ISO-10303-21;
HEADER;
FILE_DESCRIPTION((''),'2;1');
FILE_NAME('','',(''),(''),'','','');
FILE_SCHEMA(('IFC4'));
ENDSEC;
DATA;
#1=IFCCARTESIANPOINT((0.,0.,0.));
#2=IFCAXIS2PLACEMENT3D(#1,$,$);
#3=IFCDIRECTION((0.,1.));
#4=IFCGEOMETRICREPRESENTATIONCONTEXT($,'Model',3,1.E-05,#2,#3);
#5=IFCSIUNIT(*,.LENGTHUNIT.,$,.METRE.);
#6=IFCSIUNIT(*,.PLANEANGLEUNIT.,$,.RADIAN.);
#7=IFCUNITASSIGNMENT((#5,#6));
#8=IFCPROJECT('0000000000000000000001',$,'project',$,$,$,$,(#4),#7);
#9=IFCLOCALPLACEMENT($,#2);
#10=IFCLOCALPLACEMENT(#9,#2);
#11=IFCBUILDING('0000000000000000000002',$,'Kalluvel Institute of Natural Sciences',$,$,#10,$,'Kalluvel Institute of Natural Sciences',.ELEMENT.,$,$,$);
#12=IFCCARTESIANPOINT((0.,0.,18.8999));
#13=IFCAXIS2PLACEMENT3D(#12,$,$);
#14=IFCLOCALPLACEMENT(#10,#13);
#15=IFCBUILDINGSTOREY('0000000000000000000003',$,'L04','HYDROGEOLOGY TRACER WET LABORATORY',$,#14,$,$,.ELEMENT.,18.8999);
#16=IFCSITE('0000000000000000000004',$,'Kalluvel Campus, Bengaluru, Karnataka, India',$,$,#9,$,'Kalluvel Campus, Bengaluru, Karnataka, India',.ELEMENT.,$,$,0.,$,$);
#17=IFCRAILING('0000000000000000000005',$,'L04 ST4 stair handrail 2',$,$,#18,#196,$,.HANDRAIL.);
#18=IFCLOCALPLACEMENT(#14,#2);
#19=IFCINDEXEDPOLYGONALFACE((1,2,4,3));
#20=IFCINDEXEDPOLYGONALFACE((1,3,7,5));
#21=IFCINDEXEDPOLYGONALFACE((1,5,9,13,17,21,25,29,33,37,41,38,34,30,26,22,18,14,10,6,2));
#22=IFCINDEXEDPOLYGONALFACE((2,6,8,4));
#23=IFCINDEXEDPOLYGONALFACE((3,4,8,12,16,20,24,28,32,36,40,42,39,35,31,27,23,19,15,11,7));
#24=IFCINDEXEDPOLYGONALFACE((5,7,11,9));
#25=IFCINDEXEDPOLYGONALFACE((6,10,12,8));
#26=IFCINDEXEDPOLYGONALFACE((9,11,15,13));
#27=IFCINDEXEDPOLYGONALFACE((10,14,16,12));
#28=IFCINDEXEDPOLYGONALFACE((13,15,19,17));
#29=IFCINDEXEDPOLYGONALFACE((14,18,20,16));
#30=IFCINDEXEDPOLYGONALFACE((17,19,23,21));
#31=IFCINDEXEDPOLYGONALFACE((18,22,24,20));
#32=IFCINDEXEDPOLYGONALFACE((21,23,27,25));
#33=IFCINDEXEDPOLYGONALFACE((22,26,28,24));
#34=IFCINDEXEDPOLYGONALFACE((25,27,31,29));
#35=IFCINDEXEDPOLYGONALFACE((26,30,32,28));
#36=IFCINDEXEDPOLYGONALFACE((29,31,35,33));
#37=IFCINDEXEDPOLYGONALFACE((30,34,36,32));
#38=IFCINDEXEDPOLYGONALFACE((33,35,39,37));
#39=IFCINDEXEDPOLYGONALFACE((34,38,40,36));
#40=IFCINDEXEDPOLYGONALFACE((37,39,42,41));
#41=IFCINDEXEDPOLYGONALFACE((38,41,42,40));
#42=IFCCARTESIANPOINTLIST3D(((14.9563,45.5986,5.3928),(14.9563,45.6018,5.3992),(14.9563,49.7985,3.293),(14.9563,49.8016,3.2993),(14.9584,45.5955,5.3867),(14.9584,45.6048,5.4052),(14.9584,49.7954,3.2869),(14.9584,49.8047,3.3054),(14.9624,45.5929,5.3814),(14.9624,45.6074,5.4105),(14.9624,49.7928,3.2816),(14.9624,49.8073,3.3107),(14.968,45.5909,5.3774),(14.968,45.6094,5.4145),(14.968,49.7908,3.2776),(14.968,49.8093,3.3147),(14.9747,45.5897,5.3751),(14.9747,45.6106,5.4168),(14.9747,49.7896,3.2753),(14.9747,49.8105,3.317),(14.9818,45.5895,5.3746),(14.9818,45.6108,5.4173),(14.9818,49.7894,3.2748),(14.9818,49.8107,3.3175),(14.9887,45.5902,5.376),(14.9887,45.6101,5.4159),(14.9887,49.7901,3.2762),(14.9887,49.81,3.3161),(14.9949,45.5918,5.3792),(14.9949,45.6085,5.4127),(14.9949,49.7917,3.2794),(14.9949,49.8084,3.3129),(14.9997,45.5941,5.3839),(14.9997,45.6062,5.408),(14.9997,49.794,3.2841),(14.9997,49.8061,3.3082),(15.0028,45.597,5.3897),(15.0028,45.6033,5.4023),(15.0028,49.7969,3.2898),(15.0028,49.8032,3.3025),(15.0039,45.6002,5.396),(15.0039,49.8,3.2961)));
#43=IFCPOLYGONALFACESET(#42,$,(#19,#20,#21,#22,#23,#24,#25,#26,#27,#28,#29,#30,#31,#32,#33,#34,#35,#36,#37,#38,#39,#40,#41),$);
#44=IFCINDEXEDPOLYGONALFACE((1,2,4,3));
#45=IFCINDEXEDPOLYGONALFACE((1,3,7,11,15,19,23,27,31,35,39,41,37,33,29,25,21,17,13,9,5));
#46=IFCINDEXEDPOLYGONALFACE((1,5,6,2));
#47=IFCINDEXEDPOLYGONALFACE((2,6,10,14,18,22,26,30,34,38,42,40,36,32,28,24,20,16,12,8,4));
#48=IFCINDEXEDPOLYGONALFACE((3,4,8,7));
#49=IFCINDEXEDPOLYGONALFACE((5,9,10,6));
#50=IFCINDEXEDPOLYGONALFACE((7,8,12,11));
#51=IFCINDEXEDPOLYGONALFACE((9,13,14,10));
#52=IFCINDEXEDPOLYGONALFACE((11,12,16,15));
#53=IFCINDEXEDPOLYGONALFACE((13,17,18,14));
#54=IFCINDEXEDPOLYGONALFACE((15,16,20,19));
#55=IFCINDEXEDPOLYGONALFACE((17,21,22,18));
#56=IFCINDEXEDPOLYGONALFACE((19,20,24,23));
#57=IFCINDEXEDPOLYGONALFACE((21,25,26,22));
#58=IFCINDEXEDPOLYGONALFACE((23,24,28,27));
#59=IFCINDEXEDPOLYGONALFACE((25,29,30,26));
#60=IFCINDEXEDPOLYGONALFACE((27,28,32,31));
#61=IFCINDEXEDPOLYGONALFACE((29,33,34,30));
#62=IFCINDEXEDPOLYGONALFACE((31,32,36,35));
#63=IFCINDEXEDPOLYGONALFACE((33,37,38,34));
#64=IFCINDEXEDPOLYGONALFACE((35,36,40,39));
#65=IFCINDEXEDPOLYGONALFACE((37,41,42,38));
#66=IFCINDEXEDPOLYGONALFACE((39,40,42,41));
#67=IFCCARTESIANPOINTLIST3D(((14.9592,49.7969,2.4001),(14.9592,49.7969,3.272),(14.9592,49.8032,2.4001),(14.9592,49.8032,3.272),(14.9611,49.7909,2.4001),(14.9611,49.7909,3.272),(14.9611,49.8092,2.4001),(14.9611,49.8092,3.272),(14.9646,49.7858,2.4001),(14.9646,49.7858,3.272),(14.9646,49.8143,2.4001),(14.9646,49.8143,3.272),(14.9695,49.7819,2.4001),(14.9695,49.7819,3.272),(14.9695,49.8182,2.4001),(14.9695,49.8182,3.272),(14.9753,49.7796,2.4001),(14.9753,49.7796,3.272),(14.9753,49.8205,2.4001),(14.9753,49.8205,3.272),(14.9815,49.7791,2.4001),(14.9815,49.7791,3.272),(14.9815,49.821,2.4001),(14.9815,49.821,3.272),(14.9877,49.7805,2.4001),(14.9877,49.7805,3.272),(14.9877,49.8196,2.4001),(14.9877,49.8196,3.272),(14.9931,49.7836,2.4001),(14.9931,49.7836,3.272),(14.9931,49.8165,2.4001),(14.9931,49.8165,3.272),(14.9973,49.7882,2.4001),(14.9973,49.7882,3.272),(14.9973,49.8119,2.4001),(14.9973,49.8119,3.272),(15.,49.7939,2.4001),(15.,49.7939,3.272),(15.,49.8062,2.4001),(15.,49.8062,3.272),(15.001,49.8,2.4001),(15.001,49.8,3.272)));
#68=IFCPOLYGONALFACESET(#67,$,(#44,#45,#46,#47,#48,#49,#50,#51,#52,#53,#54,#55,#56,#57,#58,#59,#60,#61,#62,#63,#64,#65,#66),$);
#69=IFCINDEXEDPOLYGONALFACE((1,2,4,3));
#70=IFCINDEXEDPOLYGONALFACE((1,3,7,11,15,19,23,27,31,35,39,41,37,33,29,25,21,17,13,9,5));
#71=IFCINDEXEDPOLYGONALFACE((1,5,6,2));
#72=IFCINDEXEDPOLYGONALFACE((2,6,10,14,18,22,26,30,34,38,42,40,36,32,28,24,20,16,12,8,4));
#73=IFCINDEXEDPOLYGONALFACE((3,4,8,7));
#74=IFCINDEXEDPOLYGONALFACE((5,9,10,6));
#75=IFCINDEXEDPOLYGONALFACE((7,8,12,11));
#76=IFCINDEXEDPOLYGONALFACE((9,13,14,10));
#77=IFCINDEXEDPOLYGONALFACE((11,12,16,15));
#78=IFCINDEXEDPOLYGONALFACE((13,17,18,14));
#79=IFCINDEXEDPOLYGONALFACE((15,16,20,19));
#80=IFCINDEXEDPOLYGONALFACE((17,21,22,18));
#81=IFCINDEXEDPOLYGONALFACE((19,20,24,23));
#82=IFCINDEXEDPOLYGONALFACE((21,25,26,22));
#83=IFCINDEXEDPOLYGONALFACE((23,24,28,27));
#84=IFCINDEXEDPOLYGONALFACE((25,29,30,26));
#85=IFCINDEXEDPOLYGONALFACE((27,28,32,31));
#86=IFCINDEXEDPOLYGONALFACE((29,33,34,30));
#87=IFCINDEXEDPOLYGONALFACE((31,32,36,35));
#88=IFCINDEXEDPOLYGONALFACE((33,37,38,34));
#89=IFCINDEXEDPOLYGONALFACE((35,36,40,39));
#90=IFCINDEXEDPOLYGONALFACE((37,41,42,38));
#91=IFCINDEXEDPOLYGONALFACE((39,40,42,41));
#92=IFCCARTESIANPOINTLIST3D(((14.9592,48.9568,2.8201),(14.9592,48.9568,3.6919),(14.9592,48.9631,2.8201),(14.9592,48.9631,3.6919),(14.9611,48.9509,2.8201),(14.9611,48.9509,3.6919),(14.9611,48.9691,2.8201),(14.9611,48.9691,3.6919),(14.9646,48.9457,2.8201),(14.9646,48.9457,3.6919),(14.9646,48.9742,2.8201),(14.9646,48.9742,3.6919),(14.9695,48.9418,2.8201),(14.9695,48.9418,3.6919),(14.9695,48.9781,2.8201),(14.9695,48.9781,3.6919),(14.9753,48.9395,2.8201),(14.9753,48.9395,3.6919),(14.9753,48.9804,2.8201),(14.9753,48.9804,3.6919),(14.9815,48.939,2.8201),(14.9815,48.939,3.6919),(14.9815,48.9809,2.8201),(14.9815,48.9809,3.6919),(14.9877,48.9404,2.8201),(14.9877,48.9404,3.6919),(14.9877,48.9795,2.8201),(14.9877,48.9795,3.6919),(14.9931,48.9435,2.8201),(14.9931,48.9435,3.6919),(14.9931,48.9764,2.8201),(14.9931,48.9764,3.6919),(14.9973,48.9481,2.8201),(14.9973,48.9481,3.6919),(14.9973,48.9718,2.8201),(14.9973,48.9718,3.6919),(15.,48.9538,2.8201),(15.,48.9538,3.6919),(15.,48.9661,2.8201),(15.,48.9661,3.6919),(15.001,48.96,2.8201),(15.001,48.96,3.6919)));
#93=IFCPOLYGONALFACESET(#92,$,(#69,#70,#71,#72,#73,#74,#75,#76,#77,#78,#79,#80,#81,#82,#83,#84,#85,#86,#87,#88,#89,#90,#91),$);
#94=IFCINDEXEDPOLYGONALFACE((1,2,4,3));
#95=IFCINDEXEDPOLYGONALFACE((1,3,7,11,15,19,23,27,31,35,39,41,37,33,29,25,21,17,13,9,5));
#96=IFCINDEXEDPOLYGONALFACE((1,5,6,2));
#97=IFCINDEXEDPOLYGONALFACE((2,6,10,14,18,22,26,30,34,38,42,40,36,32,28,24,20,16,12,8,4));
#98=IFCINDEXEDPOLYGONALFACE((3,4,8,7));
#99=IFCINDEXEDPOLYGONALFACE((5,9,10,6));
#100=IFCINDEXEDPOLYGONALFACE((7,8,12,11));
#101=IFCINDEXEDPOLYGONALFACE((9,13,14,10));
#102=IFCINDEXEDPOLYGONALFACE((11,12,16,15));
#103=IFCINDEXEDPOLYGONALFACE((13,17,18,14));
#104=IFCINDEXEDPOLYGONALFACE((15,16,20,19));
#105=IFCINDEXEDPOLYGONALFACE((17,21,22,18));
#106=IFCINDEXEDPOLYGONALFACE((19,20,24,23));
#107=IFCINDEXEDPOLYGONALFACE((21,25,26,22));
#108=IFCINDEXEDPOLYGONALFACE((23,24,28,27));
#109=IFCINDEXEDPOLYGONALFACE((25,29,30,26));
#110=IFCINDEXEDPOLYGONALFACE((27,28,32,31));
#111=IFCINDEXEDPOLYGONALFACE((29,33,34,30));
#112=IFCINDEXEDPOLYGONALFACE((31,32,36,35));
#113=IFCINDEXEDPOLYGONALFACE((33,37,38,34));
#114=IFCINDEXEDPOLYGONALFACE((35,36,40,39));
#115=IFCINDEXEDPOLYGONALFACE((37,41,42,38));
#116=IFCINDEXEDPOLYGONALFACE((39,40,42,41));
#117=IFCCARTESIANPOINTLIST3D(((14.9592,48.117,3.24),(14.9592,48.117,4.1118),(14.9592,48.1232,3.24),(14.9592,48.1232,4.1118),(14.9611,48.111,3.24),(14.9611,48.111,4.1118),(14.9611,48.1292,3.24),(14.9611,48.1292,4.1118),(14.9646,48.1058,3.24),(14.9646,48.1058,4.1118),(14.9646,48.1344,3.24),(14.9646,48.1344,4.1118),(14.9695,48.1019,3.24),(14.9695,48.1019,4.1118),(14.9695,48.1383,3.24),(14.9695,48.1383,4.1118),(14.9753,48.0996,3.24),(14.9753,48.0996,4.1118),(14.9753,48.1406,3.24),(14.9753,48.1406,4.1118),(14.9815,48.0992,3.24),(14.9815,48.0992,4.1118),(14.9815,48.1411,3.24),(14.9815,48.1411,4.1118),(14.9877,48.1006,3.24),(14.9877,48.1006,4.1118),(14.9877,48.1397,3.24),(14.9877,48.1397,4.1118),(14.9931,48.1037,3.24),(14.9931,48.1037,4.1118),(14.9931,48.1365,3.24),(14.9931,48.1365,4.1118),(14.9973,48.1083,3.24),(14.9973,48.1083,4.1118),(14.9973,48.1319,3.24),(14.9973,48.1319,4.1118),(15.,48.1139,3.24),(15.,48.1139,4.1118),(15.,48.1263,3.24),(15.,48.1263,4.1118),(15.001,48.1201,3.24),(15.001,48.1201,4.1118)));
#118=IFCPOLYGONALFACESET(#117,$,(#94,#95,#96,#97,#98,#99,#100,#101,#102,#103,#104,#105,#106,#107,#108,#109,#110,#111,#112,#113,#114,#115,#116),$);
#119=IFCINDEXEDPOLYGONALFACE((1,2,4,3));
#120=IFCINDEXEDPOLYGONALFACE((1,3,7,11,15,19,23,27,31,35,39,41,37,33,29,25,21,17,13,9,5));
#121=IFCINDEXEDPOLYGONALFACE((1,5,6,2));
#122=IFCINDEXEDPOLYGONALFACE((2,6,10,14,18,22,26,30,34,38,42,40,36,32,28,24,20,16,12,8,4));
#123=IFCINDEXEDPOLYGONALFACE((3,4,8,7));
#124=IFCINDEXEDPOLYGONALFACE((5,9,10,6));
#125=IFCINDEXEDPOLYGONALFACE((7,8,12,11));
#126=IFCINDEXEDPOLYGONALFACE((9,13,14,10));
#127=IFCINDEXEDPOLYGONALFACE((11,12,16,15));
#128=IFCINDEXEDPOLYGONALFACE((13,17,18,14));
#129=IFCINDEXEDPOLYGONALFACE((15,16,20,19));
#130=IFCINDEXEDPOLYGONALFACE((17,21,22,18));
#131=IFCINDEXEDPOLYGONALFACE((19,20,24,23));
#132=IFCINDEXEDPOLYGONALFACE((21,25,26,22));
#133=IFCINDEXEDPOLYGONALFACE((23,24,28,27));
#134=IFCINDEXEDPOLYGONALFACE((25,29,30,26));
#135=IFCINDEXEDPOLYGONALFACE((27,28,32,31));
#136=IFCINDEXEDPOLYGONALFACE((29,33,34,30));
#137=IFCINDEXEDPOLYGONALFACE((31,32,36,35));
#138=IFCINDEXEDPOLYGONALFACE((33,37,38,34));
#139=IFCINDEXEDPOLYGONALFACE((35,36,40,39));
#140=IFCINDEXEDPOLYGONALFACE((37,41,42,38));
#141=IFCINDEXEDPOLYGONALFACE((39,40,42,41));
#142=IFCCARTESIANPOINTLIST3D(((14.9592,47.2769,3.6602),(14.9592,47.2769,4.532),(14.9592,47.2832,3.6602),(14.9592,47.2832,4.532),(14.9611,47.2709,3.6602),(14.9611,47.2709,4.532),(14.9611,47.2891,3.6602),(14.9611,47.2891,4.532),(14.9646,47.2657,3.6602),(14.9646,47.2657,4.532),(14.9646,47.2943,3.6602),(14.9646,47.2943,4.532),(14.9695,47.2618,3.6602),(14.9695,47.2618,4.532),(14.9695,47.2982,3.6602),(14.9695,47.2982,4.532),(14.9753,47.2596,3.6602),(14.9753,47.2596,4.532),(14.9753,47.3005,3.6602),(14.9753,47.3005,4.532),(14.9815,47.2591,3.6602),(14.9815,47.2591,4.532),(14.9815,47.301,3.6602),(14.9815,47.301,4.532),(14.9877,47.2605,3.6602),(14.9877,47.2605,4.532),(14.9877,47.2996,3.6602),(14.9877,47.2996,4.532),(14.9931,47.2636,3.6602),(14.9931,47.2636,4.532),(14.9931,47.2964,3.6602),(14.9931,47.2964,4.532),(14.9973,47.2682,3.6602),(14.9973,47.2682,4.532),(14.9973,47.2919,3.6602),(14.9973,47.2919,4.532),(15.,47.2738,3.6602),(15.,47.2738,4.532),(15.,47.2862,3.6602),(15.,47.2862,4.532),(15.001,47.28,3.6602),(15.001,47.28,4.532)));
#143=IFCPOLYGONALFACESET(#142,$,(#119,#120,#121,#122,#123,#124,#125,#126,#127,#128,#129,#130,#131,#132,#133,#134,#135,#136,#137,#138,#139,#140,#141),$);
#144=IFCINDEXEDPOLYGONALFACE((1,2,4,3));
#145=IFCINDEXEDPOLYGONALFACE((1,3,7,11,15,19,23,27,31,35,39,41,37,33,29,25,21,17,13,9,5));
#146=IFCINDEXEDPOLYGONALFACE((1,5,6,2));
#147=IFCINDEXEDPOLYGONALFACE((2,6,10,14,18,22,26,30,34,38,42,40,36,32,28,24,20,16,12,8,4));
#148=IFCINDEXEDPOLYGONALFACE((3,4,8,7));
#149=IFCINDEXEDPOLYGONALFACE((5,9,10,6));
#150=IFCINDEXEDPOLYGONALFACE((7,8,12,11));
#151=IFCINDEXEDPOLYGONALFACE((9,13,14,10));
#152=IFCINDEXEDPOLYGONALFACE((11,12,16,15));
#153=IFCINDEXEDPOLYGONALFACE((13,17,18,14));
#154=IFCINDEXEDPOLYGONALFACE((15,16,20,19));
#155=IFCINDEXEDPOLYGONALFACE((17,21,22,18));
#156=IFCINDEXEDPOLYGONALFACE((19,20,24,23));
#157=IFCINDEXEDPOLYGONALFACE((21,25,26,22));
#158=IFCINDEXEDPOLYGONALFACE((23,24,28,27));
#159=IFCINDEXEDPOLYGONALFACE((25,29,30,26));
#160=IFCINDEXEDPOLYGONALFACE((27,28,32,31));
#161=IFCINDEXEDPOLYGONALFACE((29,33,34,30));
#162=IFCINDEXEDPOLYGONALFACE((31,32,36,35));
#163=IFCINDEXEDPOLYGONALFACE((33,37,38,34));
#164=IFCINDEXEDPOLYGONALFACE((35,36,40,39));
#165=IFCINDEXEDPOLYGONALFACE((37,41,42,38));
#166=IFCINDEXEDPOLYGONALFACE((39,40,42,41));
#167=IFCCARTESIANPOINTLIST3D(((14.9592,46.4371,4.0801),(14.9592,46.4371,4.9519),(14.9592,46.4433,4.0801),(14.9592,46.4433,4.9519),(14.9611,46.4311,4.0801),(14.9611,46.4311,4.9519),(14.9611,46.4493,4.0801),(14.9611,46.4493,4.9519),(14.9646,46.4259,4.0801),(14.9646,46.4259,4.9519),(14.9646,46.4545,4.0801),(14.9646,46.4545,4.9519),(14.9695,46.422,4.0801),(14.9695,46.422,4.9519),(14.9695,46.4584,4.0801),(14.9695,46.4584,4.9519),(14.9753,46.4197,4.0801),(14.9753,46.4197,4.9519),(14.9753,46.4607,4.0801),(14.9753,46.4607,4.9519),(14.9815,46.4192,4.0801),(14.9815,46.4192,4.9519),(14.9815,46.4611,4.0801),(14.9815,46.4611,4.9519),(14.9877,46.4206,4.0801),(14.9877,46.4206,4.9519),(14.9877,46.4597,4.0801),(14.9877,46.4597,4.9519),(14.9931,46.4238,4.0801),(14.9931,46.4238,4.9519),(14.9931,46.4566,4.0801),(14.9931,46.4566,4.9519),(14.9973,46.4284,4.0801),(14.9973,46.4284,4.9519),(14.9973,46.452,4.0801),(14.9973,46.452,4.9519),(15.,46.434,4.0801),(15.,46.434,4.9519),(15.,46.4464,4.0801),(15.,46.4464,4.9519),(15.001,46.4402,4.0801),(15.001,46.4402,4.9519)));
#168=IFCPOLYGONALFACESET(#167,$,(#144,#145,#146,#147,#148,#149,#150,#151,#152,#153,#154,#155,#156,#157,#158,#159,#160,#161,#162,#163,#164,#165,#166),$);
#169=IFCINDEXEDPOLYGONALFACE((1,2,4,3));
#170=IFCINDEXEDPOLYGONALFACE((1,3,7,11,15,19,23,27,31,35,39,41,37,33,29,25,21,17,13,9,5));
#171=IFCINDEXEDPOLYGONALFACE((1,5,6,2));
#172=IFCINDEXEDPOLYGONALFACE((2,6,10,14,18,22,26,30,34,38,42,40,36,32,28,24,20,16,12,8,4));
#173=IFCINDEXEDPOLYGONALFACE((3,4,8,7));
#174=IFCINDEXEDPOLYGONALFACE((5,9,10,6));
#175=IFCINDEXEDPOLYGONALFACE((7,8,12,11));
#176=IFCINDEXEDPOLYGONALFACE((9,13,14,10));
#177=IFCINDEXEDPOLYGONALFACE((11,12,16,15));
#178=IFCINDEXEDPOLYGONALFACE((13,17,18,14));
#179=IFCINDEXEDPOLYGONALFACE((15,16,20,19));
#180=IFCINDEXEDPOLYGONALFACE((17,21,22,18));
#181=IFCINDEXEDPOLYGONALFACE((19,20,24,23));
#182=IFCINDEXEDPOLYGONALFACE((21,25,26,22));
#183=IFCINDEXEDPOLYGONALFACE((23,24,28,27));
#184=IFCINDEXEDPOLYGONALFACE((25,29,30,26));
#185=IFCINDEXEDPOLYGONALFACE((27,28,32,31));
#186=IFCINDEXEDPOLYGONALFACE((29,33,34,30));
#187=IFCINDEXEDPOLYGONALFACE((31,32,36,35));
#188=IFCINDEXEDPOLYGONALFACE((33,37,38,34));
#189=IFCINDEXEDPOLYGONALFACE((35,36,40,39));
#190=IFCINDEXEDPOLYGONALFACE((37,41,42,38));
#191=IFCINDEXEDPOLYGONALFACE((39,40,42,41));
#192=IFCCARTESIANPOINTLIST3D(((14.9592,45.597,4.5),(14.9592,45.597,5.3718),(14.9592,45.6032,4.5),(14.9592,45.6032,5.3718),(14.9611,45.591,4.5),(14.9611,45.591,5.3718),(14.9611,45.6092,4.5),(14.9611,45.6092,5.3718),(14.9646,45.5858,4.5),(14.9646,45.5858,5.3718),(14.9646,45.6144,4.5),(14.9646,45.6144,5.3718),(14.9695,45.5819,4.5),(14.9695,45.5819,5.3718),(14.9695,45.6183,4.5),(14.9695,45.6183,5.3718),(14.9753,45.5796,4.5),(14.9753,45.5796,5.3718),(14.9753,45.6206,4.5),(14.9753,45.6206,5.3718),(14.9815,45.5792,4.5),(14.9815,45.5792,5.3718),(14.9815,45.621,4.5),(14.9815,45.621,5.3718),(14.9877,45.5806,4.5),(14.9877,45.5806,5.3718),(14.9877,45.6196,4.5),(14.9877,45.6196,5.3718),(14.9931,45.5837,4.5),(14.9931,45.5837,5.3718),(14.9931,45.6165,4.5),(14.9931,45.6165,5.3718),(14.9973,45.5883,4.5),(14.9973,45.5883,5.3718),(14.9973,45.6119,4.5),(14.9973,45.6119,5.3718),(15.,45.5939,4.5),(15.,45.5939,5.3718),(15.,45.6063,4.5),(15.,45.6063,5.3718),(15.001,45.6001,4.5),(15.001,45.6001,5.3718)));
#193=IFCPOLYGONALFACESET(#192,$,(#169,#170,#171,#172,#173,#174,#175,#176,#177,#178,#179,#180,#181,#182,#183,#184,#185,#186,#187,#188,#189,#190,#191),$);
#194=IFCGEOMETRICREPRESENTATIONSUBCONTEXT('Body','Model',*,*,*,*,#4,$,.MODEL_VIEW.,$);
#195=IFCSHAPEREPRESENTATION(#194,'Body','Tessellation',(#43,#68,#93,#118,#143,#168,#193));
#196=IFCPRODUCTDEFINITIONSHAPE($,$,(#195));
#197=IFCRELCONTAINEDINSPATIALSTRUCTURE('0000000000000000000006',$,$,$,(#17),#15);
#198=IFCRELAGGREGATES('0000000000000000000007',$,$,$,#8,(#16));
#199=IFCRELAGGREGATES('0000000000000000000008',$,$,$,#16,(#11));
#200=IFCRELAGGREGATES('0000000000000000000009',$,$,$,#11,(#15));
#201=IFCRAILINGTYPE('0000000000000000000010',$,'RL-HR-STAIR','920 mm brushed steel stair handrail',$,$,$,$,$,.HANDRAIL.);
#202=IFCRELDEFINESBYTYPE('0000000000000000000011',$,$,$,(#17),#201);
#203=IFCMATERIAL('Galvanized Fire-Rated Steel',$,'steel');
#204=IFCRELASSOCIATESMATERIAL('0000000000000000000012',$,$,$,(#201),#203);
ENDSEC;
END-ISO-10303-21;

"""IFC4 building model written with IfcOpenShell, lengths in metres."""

from ifc_helpers import new_model, si_unit, direction, frame, origin, origin_2d, place, context, subcontext, project, spatial, circle, extrude, material, type_object, element, save


model = new_model("IFC4")

# Units and contexts
model_context = context("Model", 3, precision=1e-05, world=origin(), true_north=direction((0.0, 1.0)))
body_context = subcontext(model_context, "Body", "Model", "MODEL_VIEW")
ifc_project = project(units=[si_unit("LENGTHUNIT", "METRE"), si_unit("PLANEANGLEUNIT", "RADIAN")], contexts=[model_context])

# Site, building, storey
site_placement = place(None, origin())
site = spatial("IfcSite", under=ifc_project, at=site_placement, Name="Kalluvel Campus, Bengaluru, Karnataka, India", LongName="Kalluvel Campus, Bengaluru, Karnataka, India", CompositionType="ELEMENT", RefElevation=0.0)
building_placement = place(site_placement, origin())
building = spatial("IfcBuilding", under=site, at=building_placement, Name="Kalluvel Institute of Natural Sciences", LongName="Kalluvel Institute of Natural Sciences", CompositionType="ELEMENT")
storey_placement = place(building_placement, frame((0.0, 0.0, 18.8999)))
storey = spatial("IfcBuildingStorey", under=building, at=storey_placement, Name="L04", Description="HYDROGEOLOGY TRACER WET LABORATORY", CompositionType="ELEMENT", Elevation=18.8999)

# Shared definitions
ifc_material_1 = material(Name="Galvanized Fire-Rated Steel", Category="steel")

# Railing
railing_type_1 = type_object("IfcRailingType", Name="RL-HR-STAIR", Description="920 mm brushed steel stair handrail", PredefinedType="HANDRAIL", material=ifc_material_1)
railing_1_placement = place(storey_placement, frame((14.98, 49.8, 2.4001)))
element("IfcRailing", 1, at=railing_1_placement, inside=storey, type_object=railing_type_1, Name="L04 ST4 stair handrail 2", PredefinedType="HANDRAIL", context=body_context, shape_type="SweptSolid", body=[
    extrude(circle(Radius=0.0239, at=origin_2d()), frame((0.0, 0.0, 0.896), z_axis=(0.0, -0.894438, 0.447193), x_axis=(1.0, 0.0, 0.0)), (0.0, 0.0, 1.0), 4.6956),
    extrude(circle(Radius=0.021, at=origin_2d()), origin(), (0.0, 0.0, 1.0), 0.8718),
    extrude(circle(Radius=0.021, at=origin_2d()), frame((0.0, -0.8401, 0.4199)), (0.0, 0.0, 1.0), 0.8718),
    extrude(circle(Radius=0.021, at=origin_2d()), frame((0.0, -1.6799, 0.8398)), (0.0, 0.0, 1.0), 0.8718),
    extrude(circle(Radius=0.021, at=origin_2d()), frame((0.0, -2.52, 1.26)), (0.0, 0.0, 1.0), 0.8718),
    extrude(circle(Radius=0.021, at=origin_2d()), frame((0.0, -3.3599, 1.6799)), (0.0, 0.0, 1.0), 0.8718),
    extrude(circle(Radius=0.021, at=origin_2d()), frame((0.0, -4.2, 2.0999)), (0.0, 0.0, 1.0), 0.8718),
])

save(model, "model.ifc")
